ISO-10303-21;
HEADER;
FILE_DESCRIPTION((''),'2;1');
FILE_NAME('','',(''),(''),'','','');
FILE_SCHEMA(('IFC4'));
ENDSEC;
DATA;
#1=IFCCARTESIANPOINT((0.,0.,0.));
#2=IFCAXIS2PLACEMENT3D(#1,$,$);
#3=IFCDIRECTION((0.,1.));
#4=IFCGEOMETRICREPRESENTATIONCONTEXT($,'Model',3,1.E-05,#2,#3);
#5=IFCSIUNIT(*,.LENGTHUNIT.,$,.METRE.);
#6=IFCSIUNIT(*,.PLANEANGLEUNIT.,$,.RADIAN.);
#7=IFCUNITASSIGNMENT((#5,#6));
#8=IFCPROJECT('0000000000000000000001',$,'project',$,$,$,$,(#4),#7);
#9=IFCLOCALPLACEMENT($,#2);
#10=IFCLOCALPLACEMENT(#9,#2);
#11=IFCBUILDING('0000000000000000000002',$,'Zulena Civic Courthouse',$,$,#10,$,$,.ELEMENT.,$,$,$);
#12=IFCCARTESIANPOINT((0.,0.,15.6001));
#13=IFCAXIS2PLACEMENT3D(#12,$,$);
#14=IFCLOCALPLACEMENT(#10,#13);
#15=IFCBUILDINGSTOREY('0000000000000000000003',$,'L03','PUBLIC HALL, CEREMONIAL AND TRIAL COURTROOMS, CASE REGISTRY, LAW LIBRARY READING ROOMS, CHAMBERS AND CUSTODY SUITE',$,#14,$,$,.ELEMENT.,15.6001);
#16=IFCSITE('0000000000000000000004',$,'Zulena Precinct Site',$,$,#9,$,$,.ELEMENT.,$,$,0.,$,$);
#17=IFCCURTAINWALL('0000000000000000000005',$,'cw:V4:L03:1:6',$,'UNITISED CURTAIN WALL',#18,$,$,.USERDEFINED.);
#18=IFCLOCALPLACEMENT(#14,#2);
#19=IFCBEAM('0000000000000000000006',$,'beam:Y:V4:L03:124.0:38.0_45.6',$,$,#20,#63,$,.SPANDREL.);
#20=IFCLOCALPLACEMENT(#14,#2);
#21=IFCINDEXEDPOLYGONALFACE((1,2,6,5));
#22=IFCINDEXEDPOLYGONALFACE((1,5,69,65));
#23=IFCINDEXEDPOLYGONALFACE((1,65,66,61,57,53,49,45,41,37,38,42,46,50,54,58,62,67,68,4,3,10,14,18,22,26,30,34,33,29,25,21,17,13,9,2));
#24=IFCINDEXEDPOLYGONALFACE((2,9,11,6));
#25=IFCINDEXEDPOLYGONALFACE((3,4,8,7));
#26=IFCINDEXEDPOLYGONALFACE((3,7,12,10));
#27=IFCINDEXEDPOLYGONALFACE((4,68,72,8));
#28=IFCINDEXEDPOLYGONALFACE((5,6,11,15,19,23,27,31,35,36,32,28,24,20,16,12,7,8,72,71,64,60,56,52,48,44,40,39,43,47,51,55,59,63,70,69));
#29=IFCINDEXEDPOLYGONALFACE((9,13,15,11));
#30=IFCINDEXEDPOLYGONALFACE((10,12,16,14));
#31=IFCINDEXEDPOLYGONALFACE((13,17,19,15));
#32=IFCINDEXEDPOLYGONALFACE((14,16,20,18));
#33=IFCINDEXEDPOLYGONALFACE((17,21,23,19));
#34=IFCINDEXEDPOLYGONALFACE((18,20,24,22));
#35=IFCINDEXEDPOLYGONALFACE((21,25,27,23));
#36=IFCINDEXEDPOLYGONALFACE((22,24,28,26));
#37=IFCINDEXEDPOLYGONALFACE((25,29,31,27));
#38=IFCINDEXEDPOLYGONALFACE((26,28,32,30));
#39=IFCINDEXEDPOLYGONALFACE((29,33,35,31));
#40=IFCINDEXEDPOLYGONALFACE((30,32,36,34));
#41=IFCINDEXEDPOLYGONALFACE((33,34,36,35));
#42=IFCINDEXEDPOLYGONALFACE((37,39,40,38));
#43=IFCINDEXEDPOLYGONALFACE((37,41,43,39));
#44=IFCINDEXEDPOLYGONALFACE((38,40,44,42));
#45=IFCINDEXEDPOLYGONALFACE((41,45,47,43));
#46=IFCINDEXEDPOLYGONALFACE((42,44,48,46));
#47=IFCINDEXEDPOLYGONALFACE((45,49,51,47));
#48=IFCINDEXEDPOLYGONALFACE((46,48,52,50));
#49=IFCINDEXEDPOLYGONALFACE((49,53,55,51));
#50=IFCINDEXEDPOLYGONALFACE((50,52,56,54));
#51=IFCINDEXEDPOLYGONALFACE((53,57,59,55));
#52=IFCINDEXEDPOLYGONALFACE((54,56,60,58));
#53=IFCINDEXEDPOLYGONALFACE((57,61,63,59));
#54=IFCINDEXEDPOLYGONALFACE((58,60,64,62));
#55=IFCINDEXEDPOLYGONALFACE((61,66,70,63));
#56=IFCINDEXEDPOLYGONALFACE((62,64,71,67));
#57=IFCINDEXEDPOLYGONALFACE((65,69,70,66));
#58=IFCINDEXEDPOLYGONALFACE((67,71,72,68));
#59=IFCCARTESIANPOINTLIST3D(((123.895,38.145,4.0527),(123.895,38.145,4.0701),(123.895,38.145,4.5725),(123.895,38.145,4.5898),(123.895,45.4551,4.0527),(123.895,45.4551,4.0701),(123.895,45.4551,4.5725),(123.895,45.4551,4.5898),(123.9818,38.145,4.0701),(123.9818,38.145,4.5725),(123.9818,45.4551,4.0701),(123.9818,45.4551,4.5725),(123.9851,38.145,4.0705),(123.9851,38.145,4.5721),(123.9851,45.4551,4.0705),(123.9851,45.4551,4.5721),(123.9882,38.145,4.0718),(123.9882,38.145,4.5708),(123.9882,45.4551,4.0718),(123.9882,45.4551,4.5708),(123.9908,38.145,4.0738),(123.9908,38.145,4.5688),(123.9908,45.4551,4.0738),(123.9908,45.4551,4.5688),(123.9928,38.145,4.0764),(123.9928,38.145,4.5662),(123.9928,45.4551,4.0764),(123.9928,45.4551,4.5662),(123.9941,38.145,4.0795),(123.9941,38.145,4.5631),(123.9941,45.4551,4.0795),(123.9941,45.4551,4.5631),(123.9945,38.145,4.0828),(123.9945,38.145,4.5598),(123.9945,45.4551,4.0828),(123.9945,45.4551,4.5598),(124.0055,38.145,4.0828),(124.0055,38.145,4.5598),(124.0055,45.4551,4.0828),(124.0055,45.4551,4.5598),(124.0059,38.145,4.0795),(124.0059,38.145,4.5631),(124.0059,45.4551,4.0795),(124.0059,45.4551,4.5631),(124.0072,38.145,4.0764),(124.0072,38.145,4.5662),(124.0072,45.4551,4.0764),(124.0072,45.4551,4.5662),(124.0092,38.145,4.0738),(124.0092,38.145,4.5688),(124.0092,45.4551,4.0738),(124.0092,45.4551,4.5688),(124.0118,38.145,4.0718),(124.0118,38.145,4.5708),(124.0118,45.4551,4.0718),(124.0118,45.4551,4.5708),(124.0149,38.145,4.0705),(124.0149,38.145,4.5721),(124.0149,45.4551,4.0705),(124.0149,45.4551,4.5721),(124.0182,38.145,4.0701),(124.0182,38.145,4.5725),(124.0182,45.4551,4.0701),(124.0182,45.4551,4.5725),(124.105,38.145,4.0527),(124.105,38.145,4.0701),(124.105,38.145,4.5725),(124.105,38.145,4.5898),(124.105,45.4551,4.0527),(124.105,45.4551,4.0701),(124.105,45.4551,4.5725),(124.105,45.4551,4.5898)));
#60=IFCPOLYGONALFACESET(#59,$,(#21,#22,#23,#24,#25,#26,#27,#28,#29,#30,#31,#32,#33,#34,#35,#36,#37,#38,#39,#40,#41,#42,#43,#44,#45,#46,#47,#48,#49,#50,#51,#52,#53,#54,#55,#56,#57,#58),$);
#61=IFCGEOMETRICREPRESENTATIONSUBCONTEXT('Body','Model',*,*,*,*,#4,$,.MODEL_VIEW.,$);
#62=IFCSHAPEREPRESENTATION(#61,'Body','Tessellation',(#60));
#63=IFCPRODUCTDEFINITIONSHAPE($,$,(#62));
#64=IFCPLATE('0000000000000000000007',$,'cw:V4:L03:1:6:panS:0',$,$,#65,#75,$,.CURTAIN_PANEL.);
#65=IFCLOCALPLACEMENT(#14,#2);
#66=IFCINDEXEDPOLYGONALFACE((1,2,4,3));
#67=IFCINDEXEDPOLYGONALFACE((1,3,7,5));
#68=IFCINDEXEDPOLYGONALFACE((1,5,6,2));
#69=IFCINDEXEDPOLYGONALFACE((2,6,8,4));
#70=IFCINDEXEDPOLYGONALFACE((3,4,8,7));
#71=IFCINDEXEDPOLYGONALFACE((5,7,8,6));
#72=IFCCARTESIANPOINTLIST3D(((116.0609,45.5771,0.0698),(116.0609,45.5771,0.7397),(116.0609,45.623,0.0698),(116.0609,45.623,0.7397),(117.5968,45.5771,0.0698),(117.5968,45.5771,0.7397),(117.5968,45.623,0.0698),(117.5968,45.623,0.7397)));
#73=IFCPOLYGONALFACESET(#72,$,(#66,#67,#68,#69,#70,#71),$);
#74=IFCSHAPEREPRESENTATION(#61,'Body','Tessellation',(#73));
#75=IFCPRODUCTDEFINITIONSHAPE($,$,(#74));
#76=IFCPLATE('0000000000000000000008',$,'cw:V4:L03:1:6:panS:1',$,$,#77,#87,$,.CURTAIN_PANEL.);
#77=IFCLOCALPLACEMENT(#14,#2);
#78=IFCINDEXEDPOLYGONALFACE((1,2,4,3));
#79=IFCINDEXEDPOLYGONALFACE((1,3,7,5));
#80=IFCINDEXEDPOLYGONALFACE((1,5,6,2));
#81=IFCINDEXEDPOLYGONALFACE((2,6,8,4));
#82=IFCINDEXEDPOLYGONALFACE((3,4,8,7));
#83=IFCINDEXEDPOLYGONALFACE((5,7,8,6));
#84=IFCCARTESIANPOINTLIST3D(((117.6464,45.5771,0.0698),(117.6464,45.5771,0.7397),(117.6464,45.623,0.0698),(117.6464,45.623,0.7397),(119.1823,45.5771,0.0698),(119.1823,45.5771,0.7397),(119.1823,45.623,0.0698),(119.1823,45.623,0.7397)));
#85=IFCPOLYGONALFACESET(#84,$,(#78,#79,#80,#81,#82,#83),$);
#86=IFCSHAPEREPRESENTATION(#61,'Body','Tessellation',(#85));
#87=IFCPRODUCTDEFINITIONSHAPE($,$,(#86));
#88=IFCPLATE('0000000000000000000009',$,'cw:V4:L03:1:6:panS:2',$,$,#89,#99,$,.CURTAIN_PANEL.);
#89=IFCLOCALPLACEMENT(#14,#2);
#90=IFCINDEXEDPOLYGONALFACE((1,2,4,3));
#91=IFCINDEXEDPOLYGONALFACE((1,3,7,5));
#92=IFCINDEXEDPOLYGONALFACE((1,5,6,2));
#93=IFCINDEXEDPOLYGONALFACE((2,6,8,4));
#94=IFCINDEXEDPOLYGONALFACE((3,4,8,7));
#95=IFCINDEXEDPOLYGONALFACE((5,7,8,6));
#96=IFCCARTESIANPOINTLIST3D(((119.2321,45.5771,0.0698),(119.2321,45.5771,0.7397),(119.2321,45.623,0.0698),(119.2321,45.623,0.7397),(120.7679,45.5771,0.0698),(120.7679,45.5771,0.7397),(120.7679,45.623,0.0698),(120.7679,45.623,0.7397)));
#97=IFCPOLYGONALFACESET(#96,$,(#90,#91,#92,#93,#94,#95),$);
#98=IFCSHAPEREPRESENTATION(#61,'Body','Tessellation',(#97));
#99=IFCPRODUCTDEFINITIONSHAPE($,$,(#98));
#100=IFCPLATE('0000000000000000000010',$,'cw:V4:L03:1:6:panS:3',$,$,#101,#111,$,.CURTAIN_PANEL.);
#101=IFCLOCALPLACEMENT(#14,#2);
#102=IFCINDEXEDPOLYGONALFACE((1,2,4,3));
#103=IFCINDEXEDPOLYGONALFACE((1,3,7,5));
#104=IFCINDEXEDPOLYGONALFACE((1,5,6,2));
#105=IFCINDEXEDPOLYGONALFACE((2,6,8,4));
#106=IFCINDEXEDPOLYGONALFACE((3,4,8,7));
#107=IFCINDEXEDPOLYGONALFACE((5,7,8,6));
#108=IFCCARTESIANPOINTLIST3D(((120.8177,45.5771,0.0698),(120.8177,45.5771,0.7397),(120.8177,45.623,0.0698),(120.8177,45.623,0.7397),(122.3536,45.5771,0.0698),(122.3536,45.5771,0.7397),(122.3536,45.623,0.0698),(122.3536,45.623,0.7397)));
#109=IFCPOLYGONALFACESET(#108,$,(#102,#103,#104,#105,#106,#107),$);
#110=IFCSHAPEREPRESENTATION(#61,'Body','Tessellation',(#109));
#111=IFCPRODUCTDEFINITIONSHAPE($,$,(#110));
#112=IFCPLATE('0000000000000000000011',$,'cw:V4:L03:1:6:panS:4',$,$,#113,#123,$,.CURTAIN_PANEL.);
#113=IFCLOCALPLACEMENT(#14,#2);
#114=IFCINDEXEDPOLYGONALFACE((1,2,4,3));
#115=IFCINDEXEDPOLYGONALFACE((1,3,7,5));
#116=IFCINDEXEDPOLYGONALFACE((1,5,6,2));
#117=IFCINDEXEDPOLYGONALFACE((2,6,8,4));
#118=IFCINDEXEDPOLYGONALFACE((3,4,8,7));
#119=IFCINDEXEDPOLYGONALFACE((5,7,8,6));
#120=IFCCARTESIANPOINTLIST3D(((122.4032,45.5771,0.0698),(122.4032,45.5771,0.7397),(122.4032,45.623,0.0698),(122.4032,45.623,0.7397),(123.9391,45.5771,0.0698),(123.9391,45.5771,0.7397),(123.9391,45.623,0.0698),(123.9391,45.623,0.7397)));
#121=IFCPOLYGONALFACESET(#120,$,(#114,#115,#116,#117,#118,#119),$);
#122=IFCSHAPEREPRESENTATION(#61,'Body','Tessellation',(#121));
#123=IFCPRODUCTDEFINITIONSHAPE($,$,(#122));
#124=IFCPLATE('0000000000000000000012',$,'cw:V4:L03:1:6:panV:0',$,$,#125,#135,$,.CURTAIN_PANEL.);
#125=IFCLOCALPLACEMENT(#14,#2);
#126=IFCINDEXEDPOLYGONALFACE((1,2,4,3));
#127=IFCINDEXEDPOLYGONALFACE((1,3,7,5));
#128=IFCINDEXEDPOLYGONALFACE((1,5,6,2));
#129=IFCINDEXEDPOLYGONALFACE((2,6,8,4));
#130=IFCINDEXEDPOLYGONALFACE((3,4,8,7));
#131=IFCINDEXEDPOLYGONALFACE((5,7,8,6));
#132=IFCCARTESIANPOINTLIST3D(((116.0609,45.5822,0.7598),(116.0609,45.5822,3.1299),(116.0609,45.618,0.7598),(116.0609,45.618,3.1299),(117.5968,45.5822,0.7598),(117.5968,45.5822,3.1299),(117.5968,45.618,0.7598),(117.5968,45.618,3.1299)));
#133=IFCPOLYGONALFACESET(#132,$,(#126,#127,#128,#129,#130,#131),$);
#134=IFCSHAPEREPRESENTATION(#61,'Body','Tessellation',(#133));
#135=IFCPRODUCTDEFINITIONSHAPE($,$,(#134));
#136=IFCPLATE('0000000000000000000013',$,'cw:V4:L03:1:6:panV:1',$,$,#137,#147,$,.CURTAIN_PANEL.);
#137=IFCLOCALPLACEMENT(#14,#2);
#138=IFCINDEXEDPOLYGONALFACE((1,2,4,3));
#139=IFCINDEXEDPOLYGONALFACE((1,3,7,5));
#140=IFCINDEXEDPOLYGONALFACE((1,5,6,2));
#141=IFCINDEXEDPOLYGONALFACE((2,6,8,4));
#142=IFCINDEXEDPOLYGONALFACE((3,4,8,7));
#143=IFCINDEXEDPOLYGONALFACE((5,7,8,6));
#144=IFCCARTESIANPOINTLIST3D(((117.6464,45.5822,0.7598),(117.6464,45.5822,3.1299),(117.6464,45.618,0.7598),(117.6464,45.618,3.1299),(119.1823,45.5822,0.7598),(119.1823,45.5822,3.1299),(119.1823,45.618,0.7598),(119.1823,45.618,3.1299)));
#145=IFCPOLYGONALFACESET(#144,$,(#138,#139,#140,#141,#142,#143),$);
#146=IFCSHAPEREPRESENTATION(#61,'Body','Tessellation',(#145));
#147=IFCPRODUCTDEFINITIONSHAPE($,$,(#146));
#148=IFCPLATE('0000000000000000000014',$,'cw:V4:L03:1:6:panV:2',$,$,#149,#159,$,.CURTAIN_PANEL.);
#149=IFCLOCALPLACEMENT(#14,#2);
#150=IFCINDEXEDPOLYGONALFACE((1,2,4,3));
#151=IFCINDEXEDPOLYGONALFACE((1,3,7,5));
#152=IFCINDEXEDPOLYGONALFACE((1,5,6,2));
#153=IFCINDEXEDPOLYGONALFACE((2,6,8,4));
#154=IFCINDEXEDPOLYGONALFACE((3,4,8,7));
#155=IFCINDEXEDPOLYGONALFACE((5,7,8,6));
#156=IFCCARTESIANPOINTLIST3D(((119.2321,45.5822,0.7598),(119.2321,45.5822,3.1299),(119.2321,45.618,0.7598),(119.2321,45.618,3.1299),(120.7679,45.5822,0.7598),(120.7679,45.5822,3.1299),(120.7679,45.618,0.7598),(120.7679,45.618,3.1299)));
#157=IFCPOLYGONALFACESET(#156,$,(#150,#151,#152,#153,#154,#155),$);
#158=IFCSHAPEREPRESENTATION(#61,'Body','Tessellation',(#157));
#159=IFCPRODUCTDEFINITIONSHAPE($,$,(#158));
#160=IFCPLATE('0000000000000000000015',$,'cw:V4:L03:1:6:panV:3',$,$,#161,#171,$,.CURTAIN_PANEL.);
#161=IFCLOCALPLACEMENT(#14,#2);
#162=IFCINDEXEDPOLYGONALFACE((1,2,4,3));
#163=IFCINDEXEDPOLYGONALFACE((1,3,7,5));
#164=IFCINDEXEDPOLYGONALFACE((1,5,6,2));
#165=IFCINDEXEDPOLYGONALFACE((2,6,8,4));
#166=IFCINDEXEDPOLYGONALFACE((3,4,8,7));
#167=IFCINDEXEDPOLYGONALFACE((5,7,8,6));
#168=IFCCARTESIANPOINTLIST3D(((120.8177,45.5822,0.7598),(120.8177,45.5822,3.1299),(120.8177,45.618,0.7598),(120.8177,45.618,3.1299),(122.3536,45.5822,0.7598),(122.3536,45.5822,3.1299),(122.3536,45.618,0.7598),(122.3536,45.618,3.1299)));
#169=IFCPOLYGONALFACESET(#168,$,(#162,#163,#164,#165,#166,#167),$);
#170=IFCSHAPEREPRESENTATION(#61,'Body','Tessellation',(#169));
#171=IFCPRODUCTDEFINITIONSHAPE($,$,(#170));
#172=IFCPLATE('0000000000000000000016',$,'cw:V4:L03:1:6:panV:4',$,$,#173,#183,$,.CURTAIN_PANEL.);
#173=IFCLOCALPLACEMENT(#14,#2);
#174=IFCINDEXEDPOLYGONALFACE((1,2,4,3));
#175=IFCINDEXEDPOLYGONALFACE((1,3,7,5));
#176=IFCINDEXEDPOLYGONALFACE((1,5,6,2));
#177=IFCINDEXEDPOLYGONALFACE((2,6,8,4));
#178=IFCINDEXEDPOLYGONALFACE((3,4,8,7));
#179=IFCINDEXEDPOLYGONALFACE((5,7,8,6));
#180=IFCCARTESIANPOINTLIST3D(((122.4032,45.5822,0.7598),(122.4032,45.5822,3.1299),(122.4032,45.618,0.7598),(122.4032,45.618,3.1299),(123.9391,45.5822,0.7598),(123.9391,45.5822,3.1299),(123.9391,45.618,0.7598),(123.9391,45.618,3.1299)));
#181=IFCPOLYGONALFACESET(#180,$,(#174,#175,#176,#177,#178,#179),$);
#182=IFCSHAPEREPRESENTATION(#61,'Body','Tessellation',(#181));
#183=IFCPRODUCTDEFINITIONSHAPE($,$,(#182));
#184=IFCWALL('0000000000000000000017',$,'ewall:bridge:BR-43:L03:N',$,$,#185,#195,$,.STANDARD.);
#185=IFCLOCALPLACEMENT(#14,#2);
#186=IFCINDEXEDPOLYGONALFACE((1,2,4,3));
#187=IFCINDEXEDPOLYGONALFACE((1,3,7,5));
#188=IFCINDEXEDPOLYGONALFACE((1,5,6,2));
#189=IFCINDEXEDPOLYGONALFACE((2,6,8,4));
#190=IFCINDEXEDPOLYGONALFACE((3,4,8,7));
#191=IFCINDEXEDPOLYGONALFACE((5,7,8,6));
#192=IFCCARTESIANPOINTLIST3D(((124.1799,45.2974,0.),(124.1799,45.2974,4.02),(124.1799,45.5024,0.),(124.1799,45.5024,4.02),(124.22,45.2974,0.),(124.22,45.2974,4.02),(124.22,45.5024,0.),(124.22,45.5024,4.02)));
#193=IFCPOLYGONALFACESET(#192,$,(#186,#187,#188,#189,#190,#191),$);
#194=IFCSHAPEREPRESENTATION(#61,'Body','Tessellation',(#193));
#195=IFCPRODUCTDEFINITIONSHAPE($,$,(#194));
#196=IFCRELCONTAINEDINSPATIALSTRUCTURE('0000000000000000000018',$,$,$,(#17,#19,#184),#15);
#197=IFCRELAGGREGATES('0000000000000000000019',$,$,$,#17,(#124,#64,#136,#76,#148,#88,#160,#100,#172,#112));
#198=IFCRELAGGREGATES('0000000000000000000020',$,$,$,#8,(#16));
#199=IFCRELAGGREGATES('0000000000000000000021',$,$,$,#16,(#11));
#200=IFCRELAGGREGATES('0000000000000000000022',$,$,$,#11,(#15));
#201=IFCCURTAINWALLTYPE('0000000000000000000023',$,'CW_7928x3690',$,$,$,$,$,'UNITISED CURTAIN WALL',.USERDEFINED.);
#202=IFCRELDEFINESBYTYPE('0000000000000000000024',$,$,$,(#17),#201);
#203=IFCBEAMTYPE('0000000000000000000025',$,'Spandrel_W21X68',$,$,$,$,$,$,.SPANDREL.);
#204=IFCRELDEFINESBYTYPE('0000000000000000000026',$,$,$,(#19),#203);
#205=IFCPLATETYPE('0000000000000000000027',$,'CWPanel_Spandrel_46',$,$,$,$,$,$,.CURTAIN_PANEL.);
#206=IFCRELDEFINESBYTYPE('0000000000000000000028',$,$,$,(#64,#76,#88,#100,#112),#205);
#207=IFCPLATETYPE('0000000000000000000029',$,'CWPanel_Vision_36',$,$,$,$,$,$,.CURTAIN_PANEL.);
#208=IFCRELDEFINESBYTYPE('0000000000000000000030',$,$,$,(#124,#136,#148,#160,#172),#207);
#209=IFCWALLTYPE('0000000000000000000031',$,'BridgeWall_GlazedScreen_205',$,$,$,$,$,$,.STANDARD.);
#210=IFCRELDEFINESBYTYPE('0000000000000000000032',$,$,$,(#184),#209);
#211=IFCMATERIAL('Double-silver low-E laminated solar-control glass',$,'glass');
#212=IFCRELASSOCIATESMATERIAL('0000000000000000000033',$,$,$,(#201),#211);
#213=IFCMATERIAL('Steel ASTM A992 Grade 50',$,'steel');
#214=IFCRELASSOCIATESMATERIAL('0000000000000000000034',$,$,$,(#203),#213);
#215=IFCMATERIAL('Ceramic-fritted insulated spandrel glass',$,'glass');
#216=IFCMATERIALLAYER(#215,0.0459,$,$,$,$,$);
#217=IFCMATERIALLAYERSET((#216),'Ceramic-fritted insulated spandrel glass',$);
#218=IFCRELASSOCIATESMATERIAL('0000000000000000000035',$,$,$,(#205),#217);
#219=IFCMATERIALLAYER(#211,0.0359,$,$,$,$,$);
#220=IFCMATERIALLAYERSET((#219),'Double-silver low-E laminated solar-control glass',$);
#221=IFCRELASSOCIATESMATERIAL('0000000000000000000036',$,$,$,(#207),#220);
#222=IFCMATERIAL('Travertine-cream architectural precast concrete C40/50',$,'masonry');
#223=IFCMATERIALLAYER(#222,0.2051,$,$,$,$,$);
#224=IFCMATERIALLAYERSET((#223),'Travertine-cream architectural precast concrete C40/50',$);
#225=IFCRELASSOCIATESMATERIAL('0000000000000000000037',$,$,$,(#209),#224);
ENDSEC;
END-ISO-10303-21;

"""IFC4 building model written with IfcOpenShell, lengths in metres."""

from ifc_helpers import new_model, si_unit, direction, frame, frame_2d, origin, origin_2d, place, context, subcontext, project, spatial, rectangle, i_section, extrude, material, layer, layer_set, material_profile, profile_set, type_object, element, aggregate, save


model = new_model("IFC4")

# Units and contexts
model_context = context("Model", 3, precision=1e-05, world=origin(), true_north=direction((0.0, 1.0)))
body_context = subcontext(model_context, "Body", "Model", "MODEL_VIEW")
ifc_project = project(units=[si_unit("LENGTHUNIT", "METRE"), si_unit("PLANEANGLEUNIT", "RADIAN")], contexts=[model_context])

# Site, building, storey
site_placement = place(None, origin())
site = spatial("IfcSite", under=ifc_project, at=site_placement, Name="Zulena Precinct Site", CompositionType="ELEMENT", RefElevation=0.0)
building_placement = place(site_placement, origin())
building = spatial("IfcBuilding", under=site, at=building_placement, Name="Zulena Civic Courthouse", CompositionType="ELEMENT")
storey_placement = place(building_placement, frame((0.0, 0.0, 15.6001)))
storey = spatial("IfcBuildingStorey", under=building, at=storey_placement, Name="L03", Description="PUBLIC HALL, CEREMONIAL AND TRIAL COURTROOMS, CASE REGISTRY, LAW LIBRARY READING ROOMS, CHAMBERS AND CUSTODY SUITE", CompositionType="ELEMENT", Elevation=15.6001)

# Shared definitions
ifc_material_1 = material(Name="Steel ASTM A992 Grade 50", Category="steel")

# Curtain wall
ifc_material_2 = material(Name="Double-silver low-E laminated solar-control glass", Category="glass")
curtain_wall_type = type_object("IfcCurtainWallType", Name="CW_7928x3690", ElementType="UNITISED CURTAIN WALL", PredefinedType="USERDEFINED", material=ifc_material_2)
curtain_wall_placement = place(storey_placement, origin())
curtain_wall = element("IfcCurtainWall", 1, at=curtain_wall_placement, inside=storey, type_object=curtain_wall_type, Name="cw:V4:L03:1:6", ObjectType="UNITISED CURTAIN WALL", PredefinedType="USERDEFINED")

# Beam
ifc_material_profile_1 = material_profile(ifc_material_1, i_section(OverallWidth=0.21, OverallDepth=0.5371, WebThickness=0.011, FlangeThickness=0.0173, FilletRadius=0.0127, at=origin_2d()), Name="W21X68")
ifc_profile_set_1 = profile_set([ifc_material_profile_1], Name="Steel ASTM A992 Grade 50")
beam_type_1 = type_object("IfcBeamType", Name="Spandrel_W21X68", PredefinedType="SPANDREL", material=ifc_profile_set_1)
beam_1_placement = place(storey_placement, frame((124.0, 38.145, 4.3213), z_axis=(0.0, 1.0, 0.0), x_axis=(-1.0, 0.0, 0.0)))
element("IfcBeam", 2, at=beam_1_placement, inside=storey, type_object=beam_type_1, Name="beam:Y:V4:L03:124.0:38.0_45.6", PredefinedType="SPANDREL", context=body_context, shape_type="SweptSolid", body=[
    extrude(i_section(OverallWidth=0.21, OverallDepth=0.5371, WebThickness=0.011, FlangeThickness=0.0173, FilletRadius=0.0127, at=origin_2d()), origin(), (0.0, 0.0, 1.0), 7.3101),
])

# Plates
ifc_material_3 = material(Name="Ceramic-fritted insulated spandrel glass", Category="glass")
ifc_layer_1 = layer(ifc_material_3, 0.0459)
ifc_layer_set_1 = layer_set([ifc_layer_1], Name="Ceramic-fritted insulated spandrel glass")
plate_type_1 = type_object("IfcPlateType", Name="CWPanel_Spandrel_46", PredefinedType="CURTAIN_PANEL", material=ifc_layer_set_1)
plate_1_placement = place(storey_placement, frame((116.8289, 45.6001, 0.0698), z_axis=(0.0, 0.0, 1.0), x_axis=(1.0, 0.0, 0.0)))
plate_1 = element("IfcPlate", 3, at=plate_1_placement, type_object=plate_type_1, Name="cw:V4:L03:1:6:panS:0", PredefinedType="CURTAIN_PANEL", context=body_context, shape_type="SweptSolid", body=[
    extrude(rectangle(XDim=1.5359, YDim=0.0459, at=origin_2d()), origin(), (0.0, 0.0, 1.0), 0.6699),
])
plate_2_placement = place(storey_placement, frame((118.4143, 45.6001, 0.0698), z_axis=(0.0, 0.0, 1.0), x_axis=(1.0, 0.0, 0.0)))
plate_2 = element("IfcPlate", 4, at=plate_2_placement, type_object=plate_type_1, Name="cw:V4:L03:1:6:panS:1", PredefinedType="CURTAIN_PANEL", context=body_context, shape_type="SweptSolid", body=[
    extrude(rectangle(XDim=1.5359, YDim=0.0459, at=origin_2d()), origin(), (0.0, 0.0, 1.0), 0.6699),
])
plate_3_placement = place(storey_placement, frame((120.0, 45.6001, 0.0698), z_axis=(0.0, 0.0, 1.0), x_axis=(1.0, 0.0, 0.0)))
plate_3 = element("IfcPlate", 5, at=plate_3_placement, type_object=plate_type_1, Name="cw:V4:L03:1:6:panS:2", PredefinedType="CURTAIN_PANEL", context=body_context, shape_type="SweptSolid", body=[
    extrude(rectangle(XDim=1.5359, YDim=0.0459, at=origin_2d()), origin(), (0.0, 0.0, 1.0), 0.6699),
])
plate_4_placement = place(storey_placement, frame((121.5857, 45.6001, 0.0698), z_axis=(0.0, 0.0, 1.0), x_axis=(1.0, 0.0, 0.0)))
plate_4 = element("IfcPlate", 6, at=plate_4_placement, type_object=plate_type_1, Name="cw:V4:L03:1:6:panS:3", PredefinedType="CURTAIN_PANEL", context=body_context, shape_type="SweptSolid", body=[
    extrude(rectangle(XDim=1.5359, YDim=0.0459, at=origin_2d()), origin(), (0.0, 0.0, 1.0), 0.6699),
])
plate_5_placement = place(storey_placement, frame((123.1711, 45.6001, 0.0698), z_axis=(0.0, 0.0, 1.0), x_axis=(1.0, 0.0, 0.0)))
plate_5 = element("IfcPlate", 7, at=plate_5_placement, type_object=plate_type_1, Name="cw:V4:L03:1:6:panS:4", PredefinedType="CURTAIN_PANEL", context=body_context, shape_type="SweptSolid", body=[
    extrude(rectangle(XDim=1.5359, YDim=0.0459, at=origin_2d()), origin(), (0.0, 0.0, 1.0), 0.6699),
])
ifc_layer_2 = layer(ifc_material_2, 0.0359)
ifc_layer_set_2 = layer_set([ifc_layer_2], Name="Double-silver low-E laminated solar-control glass")
plate_type_2 = type_object("IfcPlateType", Name="CWPanel_Vision_36", PredefinedType="CURTAIN_PANEL", material=ifc_layer_set_2)
plate_6_placement = place(storey_placement, frame((116.8289, 45.6001, 0.7598), z_axis=(0.0, 0.0, 1.0), x_axis=(1.0, 0.0, 0.0)))
plate_6 = element("IfcPlate", 8, at=plate_6_placement, type_object=plate_type_2, Name="cw:V4:L03:1:6:panV:0", PredefinedType="CURTAIN_PANEL", context=body_context, shape_type="SweptSolid", body=[
    extrude(rectangle(XDim=1.5359, YDim=0.0359, at=origin_2d()), origin(), (0.0, 0.0, 1.0), 2.3701),
])
plate_7_placement = place(storey_placement, frame((118.4143, 45.6001, 0.7598), z_axis=(0.0, 0.0, 1.0), x_axis=(1.0, 0.0, 0.0)))
plate_7 = element("IfcPlate", 9, at=plate_7_placement, type_object=plate_type_2, Name="cw:V4:L03:1:6:panV:1", PredefinedType="CURTAIN_PANEL", context=body_context, shape_type="SweptSolid", body=[
    extrude(rectangle(XDim=1.5359, YDim=0.0359, at=origin_2d()), origin(), (0.0, 0.0, 1.0), 2.3701),
])
plate_8_placement = place(storey_placement, frame((120.0, 45.6001, 0.7598), z_axis=(0.0, 0.0, 1.0), x_axis=(1.0, 0.0, 0.0)))
plate_8 = element("IfcPlate", 10, at=plate_8_placement, type_object=plate_type_2, Name="cw:V4:L03:1:6:panV:2", PredefinedType="CURTAIN_PANEL", context=body_context, shape_type="SweptSolid", body=[
    extrude(rectangle(XDim=1.5359, YDim=0.0359, at=origin_2d()), origin(), (0.0, 0.0, 1.0), 2.3701),
])
plate_9_placement = place(storey_placement, frame((121.5857, 45.6001, 0.7598), z_axis=(0.0, 0.0, 1.0), x_axis=(1.0, 0.0, 0.0)))
plate_9 = element("IfcPlate", 11, at=plate_9_placement, type_object=plate_type_2, Name="cw:V4:L03:1:6:panV:3", PredefinedType="CURTAIN_PANEL", context=body_context, shape_type="SweptSolid", body=[
    extrude(rectangle(XDim=1.5359, YDim=0.0359, at=origin_2d()), origin(), (0.0, 0.0, 1.0), 2.3701),
])
plate_10_placement = place(storey_placement, frame((123.1711, 45.6001, 0.7598), z_axis=(0.0, 0.0, 1.0), x_axis=(1.0, 0.0, 0.0)))
plate_10 = element("IfcPlate", 12, at=plate_10_placement, type_object=plate_type_2, Name="cw:V4:L03:1:6:panV:4", PredefinedType="CURTAIN_PANEL", context=body_context, shape_type="SweptSolid", body=[
    extrude(rectangle(XDim=1.5359, YDim=0.0359, at=origin_2d()), origin(), (0.0, 0.0, 1.0), 2.3701),
])
aggregate(curtain_wall, [plate_6, plate_1, plate_7, plate_2, plate_8, plate_3, plate_9, plate_4, plate_10, plate_5])

# Wall
ifc_material_4 = material(Name="Travertine-cream architectural precast concrete C40/50", Category="masonry")
ifc_layer_3 = layer(ifc_material_4, 0.2051)
ifc_layer_set_3 = layer_set([ifc_layer_3], Name="Travertine-cream architectural precast concrete C40/50")
wall_type_1 = type_object("IfcWallType", Name="BridgeWall_GlazedScreen_205", PredefinedType="STANDARD", material=ifc_layer_set_3)
wall_1_placement = place(storey_placement, frame((124.1799, 45.3999, 0.0), z_axis=(0.0, 0.0, 1.0), x_axis=(1.0, 0.0, 0.0)))
element("IfcWall", 13, at=wall_1_placement, inside=storey, type_object=wall_type_1, Name="ewall:bridge:BR-43:L03:N", PredefinedType="STANDARD", context=body_context, shape_type="SweptSolid", body=[
    extrude(rectangle(XDim=0.04, YDim=0.2051, at=frame_2d((0.02, 0.0))), origin(), (0.0, 0.0, 1.0), 4.02),
])

save(model, "model.ifc")
